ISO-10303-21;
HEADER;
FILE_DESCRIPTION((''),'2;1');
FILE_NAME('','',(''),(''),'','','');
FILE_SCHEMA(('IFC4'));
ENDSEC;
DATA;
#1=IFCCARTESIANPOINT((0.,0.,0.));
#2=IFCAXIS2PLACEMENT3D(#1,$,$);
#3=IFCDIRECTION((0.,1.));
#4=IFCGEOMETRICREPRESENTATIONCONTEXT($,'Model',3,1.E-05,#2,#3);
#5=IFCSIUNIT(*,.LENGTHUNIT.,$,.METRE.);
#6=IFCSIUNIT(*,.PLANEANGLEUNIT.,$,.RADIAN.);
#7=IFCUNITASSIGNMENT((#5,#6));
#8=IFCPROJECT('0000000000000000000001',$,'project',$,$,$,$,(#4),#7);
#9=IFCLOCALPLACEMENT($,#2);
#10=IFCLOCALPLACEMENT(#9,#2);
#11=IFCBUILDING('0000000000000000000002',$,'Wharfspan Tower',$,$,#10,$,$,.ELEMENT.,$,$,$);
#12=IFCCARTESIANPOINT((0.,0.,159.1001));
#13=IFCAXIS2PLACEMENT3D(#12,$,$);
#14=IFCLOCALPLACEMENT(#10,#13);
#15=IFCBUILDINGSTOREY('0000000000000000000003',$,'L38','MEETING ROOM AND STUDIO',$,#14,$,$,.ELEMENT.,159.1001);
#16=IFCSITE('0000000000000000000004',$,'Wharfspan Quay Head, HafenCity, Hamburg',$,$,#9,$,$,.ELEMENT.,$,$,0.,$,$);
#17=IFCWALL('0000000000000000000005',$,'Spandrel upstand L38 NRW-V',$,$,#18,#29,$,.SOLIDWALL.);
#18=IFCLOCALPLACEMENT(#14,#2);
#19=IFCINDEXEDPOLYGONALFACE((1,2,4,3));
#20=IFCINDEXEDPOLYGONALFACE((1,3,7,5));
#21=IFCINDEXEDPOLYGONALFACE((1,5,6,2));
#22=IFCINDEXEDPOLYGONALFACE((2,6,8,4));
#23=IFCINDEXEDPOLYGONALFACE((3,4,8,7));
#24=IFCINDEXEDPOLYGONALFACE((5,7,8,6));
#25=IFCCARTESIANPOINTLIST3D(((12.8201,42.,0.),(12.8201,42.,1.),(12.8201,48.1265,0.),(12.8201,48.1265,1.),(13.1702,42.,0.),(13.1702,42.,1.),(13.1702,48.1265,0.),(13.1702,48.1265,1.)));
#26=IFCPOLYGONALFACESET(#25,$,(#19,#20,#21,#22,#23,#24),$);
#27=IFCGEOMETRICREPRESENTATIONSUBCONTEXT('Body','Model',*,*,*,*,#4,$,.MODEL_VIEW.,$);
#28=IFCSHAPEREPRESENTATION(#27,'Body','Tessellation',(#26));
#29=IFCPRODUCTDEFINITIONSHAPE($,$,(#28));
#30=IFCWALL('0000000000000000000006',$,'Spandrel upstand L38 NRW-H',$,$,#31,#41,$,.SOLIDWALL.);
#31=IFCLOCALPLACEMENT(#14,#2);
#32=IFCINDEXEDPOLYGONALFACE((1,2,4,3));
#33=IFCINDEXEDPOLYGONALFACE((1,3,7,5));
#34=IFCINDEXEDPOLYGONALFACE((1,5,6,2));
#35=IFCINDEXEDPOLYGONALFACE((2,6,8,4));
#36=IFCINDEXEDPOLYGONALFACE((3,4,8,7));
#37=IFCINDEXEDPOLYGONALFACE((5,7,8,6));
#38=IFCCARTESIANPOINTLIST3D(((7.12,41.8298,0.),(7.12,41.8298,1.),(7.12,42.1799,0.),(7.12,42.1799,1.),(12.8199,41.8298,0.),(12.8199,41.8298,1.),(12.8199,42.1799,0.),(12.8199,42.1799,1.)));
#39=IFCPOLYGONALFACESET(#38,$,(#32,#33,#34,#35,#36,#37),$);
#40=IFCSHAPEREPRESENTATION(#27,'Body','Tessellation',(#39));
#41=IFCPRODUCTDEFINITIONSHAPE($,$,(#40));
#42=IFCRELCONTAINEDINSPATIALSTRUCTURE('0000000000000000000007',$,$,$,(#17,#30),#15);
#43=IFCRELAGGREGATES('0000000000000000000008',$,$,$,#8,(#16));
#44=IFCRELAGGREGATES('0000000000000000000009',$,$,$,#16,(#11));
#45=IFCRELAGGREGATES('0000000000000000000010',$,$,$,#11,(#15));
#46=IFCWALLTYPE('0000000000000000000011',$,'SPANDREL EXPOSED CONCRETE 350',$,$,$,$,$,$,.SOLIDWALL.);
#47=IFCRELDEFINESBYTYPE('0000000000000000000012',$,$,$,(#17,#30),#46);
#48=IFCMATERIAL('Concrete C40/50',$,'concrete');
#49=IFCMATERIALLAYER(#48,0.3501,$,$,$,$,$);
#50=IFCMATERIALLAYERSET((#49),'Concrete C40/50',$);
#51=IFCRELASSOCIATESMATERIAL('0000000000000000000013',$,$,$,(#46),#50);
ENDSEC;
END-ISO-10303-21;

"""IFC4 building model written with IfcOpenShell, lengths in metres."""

from ifc_helpers import new_model, si_unit, direction, frame, frame_2d, origin, place, context, subcontext, project, spatial, rectangle, extrude, material, layer, layer_set, type_object, element, save


model = new_model("IFC4")

# Units and contexts
model_context = context("Model", 3, precision=1e-05, world=origin(), true_north=direction((0.0, 1.0)))
body_context = subcontext(model_context, "Body", "Model", "MODEL_VIEW")
ifc_project = project(units=[si_unit("LENGTHUNIT", "METRE"), si_unit("PLANEANGLEUNIT", "RADIAN")], contexts=[model_context])

# Site, building, storey
site_placement = place(None, origin())
site = spatial("IfcSite", under=ifc_project, at=site_placement, Name="Wharfspan Quay Head, HafenCity, Hamburg", CompositionType="ELEMENT", RefElevation=0.0)
building_placement = place(site_placement, origin())
building = spatial("IfcBuilding", under=site, at=building_placement, Name="Wharfspan Tower", CompositionType="ELEMENT")
storey_placement = place(building_placement, frame((0.0, 0.0, 159.1001)))
storey = spatial("IfcBuildingStorey", under=building, at=storey_placement, Name="L38", Description="MEETING ROOM AND STUDIO", CompositionType="ELEMENT", Elevation=159.1001)

# Walls
ifc_material_1 = material(Name="Concrete C40/50", Category="concrete")
ifc_layer_1 = layer(ifc_material_1, 0.3501)
ifc_layer_set_1 = layer_set([ifc_layer_1], Name="Concrete C40/50")
wall_type = type_object("IfcWallType", Name="SPANDREL EXPOSED CONCRETE 350", PredefinedType="SOLIDWALL", material=ifc_layer_set_1)
wall_1_placement = place(storey_placement, frame((12.9951, 48.1265, 0.0), z_axis=(0.0, 0.0, 1.0), x_axis=(0.0, -1.0, 0.0)))
element("IfcWall", 1, at=wall_1_placement, inside=storey, type_object=wall_type, Name="Spandrel upstand L38 NRW-V", PredefinedType="SOLIDWALL", context=body_context, shape_type="SweptSolid", body=[
    extrude(rectangle(XDim=6.1265, YDim=0.3501, at=frame_2d((3.0632, 0.0))), origin(), (0.0, 0.0, 1.0), 1.0),
])
wall_2_placement = place(storey_placement, frame((12.8201, 42.0049, 0.0), z_axis=(0.0, 0.0, 1.0), x_axis=(-1.0, 0.0, 0.0)))
element("IfcWall", 2, at=wall_2_placement, inside=storey, type_object=wall_type, Name="Spandrel upstand L38 NRW-H", PredefinedType="SOLIDWALL", context=body_context, shape_type="SweptSolid", body=[
    extrude(rectangle(XDim=5.7, YDim=0.3501, at=frame_2d((2.8501, 0.0))), origin(), (0.0, 0.0, 1.0), 1.0),
])

save(model, "model.ifc")
